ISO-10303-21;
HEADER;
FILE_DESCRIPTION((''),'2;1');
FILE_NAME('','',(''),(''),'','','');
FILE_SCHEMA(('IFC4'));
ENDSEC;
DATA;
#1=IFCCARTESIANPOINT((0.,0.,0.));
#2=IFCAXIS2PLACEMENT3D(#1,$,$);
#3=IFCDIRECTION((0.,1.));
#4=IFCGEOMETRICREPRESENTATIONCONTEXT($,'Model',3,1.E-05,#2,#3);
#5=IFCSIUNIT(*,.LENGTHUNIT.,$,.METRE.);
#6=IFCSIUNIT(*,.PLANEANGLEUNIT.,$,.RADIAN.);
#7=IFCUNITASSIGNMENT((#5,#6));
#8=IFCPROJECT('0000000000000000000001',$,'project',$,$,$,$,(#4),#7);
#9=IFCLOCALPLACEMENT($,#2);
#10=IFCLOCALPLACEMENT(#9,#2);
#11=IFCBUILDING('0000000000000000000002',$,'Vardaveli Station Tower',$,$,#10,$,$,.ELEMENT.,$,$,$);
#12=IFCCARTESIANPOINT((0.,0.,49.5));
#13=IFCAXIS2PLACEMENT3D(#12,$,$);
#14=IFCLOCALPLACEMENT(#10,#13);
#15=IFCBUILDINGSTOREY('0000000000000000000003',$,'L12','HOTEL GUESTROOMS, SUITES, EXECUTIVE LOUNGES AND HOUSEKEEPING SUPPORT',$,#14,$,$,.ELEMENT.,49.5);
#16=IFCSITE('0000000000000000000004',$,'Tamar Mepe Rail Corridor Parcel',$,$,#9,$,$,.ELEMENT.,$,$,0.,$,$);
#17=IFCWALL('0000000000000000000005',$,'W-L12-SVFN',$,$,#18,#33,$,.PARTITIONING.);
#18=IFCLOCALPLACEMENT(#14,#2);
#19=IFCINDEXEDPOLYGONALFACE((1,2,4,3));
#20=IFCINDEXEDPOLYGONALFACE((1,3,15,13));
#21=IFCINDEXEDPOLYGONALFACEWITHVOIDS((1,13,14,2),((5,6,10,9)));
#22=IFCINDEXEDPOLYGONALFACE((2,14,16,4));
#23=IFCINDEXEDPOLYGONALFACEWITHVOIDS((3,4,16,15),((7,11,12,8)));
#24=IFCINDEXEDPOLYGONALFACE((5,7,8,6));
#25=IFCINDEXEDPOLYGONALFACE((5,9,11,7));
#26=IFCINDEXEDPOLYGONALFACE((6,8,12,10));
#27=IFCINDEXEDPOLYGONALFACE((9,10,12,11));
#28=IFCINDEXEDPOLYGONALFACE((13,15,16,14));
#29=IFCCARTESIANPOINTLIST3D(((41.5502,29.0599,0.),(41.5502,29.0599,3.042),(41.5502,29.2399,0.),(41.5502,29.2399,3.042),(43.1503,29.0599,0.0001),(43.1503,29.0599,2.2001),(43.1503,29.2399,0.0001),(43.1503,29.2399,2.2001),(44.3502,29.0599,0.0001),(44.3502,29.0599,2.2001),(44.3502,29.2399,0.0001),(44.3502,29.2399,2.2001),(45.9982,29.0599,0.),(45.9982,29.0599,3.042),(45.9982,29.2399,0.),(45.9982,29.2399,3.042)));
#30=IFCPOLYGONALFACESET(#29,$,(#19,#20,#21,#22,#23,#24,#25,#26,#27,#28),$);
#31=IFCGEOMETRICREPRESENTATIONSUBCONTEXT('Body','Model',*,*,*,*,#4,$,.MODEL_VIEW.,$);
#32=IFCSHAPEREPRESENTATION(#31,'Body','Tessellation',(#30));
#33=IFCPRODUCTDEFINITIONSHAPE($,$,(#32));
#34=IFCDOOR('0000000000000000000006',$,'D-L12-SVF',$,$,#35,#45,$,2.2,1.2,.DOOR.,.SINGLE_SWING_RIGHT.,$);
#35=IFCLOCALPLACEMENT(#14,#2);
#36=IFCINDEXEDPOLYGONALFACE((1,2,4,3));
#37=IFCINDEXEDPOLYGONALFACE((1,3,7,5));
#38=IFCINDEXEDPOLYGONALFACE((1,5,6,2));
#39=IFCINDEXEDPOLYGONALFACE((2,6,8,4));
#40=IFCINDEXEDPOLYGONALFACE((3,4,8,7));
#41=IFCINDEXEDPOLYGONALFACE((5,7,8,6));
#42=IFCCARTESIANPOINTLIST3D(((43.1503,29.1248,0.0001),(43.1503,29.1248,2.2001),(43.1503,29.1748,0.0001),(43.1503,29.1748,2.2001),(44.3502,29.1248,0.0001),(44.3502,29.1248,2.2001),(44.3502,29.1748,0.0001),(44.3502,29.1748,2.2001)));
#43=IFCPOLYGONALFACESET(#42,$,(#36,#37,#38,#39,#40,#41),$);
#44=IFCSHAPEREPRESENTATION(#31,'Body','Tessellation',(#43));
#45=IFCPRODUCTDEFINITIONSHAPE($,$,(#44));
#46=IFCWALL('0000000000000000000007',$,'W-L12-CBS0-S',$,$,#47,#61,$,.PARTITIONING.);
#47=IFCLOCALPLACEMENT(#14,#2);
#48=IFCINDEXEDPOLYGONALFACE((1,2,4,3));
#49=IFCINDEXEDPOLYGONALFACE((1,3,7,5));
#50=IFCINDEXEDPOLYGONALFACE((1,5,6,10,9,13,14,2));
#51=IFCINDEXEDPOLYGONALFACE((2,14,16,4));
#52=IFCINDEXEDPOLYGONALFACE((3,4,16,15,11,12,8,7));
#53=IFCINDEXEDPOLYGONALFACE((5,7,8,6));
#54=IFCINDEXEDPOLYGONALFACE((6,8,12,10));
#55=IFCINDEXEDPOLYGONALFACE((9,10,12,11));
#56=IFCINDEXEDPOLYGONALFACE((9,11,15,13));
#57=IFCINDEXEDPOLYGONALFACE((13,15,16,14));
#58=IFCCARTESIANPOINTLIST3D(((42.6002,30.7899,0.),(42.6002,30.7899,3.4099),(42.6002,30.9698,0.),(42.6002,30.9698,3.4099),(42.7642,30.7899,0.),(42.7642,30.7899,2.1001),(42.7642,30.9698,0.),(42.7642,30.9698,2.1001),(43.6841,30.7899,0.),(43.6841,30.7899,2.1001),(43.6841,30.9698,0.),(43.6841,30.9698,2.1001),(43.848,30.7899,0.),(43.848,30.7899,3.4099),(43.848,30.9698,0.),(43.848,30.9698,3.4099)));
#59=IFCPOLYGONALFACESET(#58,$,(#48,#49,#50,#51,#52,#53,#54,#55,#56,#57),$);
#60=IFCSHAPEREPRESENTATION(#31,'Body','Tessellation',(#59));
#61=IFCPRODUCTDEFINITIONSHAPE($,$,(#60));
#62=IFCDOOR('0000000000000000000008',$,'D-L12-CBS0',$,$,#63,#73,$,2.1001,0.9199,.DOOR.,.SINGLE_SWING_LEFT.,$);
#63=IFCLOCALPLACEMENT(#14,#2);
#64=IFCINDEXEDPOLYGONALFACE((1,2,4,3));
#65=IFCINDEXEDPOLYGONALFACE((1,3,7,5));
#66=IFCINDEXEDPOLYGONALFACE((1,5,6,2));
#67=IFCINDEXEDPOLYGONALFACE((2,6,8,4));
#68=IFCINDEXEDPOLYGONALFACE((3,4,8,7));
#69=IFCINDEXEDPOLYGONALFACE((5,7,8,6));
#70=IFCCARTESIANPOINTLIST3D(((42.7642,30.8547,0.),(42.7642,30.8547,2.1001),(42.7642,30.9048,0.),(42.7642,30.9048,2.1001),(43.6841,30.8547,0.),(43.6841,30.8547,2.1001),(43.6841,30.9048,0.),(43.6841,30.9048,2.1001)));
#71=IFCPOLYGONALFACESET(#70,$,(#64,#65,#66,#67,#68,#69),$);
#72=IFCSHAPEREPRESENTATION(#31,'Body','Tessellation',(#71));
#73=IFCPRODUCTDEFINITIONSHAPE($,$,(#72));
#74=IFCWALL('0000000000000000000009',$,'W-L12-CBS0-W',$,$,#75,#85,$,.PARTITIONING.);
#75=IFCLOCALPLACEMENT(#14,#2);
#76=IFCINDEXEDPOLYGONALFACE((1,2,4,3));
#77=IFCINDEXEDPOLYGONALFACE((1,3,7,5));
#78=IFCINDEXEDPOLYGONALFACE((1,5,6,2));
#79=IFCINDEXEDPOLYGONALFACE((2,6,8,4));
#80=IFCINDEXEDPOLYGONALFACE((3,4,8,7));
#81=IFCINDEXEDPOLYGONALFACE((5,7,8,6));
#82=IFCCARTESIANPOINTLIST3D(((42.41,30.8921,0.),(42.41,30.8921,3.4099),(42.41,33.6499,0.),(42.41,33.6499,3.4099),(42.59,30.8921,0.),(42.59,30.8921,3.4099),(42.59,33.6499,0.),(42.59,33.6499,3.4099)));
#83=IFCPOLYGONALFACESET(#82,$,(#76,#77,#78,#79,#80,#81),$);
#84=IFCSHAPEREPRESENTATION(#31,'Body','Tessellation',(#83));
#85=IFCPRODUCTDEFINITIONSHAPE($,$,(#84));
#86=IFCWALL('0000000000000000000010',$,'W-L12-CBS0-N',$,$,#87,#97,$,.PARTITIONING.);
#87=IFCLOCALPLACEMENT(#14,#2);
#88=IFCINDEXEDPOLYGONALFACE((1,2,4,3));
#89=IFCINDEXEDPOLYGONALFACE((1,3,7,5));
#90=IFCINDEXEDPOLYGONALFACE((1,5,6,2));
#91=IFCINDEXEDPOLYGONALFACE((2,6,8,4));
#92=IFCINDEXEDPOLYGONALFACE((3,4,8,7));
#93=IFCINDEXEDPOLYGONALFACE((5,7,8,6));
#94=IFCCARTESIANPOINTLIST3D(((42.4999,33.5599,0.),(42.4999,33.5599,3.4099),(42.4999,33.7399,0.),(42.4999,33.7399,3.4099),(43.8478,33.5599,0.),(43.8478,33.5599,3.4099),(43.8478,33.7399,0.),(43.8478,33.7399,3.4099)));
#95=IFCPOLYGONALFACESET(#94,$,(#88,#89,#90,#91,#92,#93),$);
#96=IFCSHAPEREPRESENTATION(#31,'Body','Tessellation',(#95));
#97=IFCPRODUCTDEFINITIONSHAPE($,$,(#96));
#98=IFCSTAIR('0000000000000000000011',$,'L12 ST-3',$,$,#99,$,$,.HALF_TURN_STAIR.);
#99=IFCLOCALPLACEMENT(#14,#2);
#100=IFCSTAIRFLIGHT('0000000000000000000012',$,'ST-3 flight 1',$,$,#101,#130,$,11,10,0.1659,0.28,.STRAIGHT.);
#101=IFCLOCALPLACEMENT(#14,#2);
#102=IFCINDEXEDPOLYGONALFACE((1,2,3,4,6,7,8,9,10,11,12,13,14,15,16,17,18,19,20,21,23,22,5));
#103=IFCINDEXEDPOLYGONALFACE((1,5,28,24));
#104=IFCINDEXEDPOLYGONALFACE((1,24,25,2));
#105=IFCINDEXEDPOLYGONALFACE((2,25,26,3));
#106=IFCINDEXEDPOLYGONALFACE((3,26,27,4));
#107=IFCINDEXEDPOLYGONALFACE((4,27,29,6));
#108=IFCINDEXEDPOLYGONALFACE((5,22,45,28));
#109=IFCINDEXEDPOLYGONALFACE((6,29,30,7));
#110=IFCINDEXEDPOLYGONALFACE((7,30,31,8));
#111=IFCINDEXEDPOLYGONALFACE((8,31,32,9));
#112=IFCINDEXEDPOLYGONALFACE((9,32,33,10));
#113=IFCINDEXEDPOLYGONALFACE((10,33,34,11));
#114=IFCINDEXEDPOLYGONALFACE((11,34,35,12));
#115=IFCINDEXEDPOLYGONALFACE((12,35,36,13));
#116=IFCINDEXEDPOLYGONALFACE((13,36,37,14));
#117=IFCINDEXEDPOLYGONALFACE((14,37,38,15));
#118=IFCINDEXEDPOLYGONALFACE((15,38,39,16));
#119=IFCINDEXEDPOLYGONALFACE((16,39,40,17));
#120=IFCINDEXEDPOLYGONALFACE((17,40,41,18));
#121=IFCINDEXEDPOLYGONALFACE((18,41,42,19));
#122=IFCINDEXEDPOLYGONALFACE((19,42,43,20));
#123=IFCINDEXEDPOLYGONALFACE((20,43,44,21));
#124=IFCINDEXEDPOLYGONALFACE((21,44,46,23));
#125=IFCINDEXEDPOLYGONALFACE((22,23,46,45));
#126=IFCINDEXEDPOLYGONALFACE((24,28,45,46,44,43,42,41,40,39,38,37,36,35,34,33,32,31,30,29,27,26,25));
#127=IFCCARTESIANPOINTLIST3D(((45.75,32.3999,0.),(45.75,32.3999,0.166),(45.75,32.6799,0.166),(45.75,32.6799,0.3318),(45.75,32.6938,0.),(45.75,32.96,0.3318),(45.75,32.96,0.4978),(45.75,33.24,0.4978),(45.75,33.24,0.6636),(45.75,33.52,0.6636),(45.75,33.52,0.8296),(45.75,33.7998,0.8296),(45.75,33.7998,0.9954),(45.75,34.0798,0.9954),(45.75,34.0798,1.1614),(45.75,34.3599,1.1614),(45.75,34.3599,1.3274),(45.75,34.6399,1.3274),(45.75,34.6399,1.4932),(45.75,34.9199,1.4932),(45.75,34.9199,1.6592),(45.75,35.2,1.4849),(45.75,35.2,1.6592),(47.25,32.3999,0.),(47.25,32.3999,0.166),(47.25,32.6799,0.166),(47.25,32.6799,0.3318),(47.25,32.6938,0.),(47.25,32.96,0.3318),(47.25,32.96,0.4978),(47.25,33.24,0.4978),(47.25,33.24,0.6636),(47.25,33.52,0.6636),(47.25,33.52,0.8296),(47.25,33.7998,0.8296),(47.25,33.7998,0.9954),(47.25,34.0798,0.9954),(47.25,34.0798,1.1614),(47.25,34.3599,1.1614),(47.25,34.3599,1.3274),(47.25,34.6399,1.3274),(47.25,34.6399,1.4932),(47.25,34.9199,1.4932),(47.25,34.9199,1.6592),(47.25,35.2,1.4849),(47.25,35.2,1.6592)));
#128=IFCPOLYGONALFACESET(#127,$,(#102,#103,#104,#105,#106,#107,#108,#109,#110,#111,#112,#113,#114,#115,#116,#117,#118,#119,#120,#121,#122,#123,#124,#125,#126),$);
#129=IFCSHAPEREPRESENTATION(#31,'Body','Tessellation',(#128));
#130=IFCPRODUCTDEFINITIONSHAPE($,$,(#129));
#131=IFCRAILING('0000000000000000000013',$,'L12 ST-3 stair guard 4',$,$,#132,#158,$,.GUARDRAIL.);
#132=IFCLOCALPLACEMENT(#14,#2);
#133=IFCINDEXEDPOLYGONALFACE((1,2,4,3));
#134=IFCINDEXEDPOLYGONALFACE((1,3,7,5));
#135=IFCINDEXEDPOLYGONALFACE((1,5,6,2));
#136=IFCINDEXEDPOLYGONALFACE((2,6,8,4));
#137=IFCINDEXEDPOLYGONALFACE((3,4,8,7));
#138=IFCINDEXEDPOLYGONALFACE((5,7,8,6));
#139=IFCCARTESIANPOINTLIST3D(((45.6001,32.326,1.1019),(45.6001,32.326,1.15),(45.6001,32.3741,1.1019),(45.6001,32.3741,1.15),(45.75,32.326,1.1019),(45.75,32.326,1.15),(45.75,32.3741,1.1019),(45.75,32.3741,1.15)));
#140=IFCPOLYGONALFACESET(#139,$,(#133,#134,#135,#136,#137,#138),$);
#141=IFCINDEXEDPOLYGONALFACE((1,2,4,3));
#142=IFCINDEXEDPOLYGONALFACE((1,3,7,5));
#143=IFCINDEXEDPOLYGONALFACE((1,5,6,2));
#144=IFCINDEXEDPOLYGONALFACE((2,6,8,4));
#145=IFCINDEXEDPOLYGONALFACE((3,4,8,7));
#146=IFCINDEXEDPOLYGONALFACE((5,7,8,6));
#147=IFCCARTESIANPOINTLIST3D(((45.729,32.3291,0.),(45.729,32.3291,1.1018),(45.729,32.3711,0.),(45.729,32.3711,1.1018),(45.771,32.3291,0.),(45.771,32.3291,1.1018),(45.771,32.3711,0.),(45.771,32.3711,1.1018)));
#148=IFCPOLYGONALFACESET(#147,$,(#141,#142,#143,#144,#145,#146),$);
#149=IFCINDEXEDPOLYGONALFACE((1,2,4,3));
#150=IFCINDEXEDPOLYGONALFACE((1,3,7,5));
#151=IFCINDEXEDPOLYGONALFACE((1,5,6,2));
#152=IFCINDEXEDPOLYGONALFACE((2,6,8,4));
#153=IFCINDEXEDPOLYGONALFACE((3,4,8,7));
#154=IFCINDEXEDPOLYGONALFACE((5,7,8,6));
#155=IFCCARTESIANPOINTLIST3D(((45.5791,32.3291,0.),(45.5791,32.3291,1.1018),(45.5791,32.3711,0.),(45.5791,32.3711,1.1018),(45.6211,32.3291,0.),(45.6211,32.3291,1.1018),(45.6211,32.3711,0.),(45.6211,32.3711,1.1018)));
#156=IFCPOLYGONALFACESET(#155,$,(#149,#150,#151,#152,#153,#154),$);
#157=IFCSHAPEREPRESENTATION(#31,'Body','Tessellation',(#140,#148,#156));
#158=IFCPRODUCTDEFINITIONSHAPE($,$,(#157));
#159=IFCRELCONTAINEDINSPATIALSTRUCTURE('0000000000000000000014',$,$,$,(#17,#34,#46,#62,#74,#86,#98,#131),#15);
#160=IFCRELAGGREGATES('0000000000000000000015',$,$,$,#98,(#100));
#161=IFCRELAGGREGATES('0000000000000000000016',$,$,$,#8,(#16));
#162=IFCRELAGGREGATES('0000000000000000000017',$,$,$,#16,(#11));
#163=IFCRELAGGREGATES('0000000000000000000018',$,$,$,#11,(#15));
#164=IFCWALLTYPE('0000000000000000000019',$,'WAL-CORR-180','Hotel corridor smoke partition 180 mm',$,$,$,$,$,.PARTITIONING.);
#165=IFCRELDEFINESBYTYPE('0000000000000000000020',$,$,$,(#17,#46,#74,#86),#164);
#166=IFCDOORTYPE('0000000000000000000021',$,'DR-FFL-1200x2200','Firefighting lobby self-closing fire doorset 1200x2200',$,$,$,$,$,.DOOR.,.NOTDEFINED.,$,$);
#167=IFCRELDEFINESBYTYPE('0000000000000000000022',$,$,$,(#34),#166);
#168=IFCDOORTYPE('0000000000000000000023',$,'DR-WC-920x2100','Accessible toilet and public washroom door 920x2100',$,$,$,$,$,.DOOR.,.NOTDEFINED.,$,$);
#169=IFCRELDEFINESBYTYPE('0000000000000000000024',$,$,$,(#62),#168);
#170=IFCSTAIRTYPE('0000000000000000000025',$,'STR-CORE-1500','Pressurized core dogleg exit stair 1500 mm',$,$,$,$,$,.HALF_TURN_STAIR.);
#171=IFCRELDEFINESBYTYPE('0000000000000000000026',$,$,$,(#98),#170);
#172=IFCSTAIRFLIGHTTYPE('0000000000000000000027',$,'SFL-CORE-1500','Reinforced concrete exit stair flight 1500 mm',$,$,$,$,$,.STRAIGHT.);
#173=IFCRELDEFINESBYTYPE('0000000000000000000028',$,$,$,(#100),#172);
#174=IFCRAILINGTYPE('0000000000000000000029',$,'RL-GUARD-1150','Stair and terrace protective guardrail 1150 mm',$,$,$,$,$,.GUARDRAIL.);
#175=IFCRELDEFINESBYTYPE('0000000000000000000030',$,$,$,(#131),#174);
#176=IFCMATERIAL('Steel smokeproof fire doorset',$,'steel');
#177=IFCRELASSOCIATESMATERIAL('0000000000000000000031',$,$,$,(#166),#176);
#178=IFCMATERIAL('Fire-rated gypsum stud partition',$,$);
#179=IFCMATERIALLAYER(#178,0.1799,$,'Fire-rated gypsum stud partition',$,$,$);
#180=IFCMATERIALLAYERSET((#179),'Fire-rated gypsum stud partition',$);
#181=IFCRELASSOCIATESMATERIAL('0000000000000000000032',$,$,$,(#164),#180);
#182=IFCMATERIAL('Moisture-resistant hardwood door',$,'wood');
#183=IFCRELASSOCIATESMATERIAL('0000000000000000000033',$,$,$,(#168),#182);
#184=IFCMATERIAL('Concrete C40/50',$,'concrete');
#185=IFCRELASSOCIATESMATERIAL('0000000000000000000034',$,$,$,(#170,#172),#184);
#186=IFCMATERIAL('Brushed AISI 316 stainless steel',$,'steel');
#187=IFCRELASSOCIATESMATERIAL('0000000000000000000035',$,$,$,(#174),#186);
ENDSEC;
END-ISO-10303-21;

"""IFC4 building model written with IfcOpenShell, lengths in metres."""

from ifc_helpers import new_model, si_unit, direction, frame, frame_2d, origin, origin_2d, place, context, subcontext, project, spatial, polyline, rectangle, outline, extrude, source, transform, mapped, material, layer, layer_set, type_object, element, fill, aggregate, save


model = new_model("IFC4")

# Units and contexts
model_context = context("Model", 3, precision=1e-05, world=origin(), true_north=direction((0.0, 1.0)))
body_context = subcontext(model_context, "Body", "Model", "MODEL_VIEW")
ifc_project = project(units=[si_unit("LENGTHUNIT", "METRE"), si_unit("PLANEANGLEUNIT", "RADIAN")], contexts=[model_context])

# Site, building, storey
site_placement = place(None, origin())
site = spatial("IfcSite", under=ifc_project, at=site_placement, Name="Tamar Mepe Rail Corridor Parcel", CompositionType="ELEMENT", RefElevation=0.0)
building_placement = place(site_placement, origin())
building = spatial("IfcBuilding", under=site, at=building_placement, Name="Vardaveli Station Tower", CompositionType="ELEMENT")
storey_placement = place(building_placement, frame((0.0, 0.0, 49.5)))
storey = spatial("IfcBuildingStorey", under=building, at=storey_placement, Name="L12", Description="HOTEL GUESTROOMS, SUITES, EXECUTIVE LOUNGES AND HOUSEKEEPING SUPPORT", CompositionType="ELEMENT", Elevation=49.5)

# Shared definitions
ifc_material_1 = material(Name="Concrete C40/50", Category="concrete")

# Walls, openings, doors
ifc_material_2 = material(Name="Steel smokeproof fire doorset", Category="steel")
door_type_1 = type_object("IfcDoorType", Name="DR-FFL-1200x2200", Description="Firefighting lobby self-closing fire doorset 1200x2200", OperationType="NOTDEFINED", PredefinedType="DOOR", material=ifc_material_2)
shared_shape_1 = source(origin(), body_context, "Body", "SweptSolid", [
    extrude(rectangle(XDim=1.2, YDim=2.2, at=frame_2d((0.6001, 1.1001))), frame((0.0, 0.0249, 0.0), z_axis=(0.0, -1.0, 0.0), x_axis=(1.0, 0.0, 0.0)), (0.0, 0.0, 1.0), 0.05),
])
ifc_material_3 = material(Name="Fire-rated gypsum stud partition")
ifc_layer_1 = layer(ifc_material_3, 0.1799, Name="Fire-rated gypsum stud partition")
ifc_layer_set_1 = layer_set([ifc_layer_1], Name="Fire-rated gypsum stud partition")
wall_type_1 = type_object("IfcWallType", Name="WAL-CORR-180", Description="Hotel corridor smoke partition 180 mm", PredefinedType="PARTITIONING", material=ifc_layer_set_1)
shared_shape_2 = source(origin(), body_context, "Body", "SweptSolid", [
    extrude(rectangle(XDim=4.448, YDim=0.1799, at=frame_2d((2.2241, 0.0))), origin(), (0.0, 0.0, 1.0), 3.042),
])
wall_1_placement = place(storey_placement, frame((41.55, 29.1499, 0.0), z_axis=(0.0, 0.0, 1.0), x_axis=(1.0, 0.0, 0.0)))
wall_1 = element("IfcWall", 1, at=wall_1_placement, inside=storey, type_object=wall_type_1, Name="W-L12-SVFN", PredefinedType="PARTITIONING", context=body_context, shape_type="MappedRepresentation", body=[
    mapped(shared_shape_2, transform((0.0, 0.0, 0.0), scale=1.0)),
])
shared_shape_3 = source(origin(), body_context, "Body", "SweptSolid", [
    extrude(rectangle(XDim=1.2, YDim=2.2, at=frame_2d((0.6001, 1.1001))), frame((0.0, 0.1001, 0.0), z_axis=(0.0, -1.0, 0.0), x_axis=(1.0, 0.0, 0.0)), (0.0, 0.0, 1.0), 0.2),
])
opening_1_placement = place(wall_1_placement, frame((1.6001, 0.0, 0.0)))
opening_1 = element("IfcOpeningElement", 2, at=opening_1_placement, cuts=wall_1, PredefinedType="OPENING", context=body_context, shape_type="MappedRepresentation", body=[
    mapped(shared_shape_3, transform((0.0, 0.0, 0.0), scale=1.0)),
])
door_1_placement = place(opening_1_placement, origin())
door_1 = element("IfcDoor", 3, at=door_1_placement, inside=storey, type_object=door_type_1, Name="D-L12-SVF", OperationType="SINGLE_SWING_RIGHT", OverallHeight=2.2, OverallWidth=1.2, PredefinedType="DOOR", context=body_context, shape_type="MappedRepresentation", body=[
    mapped(shared_shape_1, transform((0.0, 0.0, 0.0), scale=1.0)),
])
fill(opening_1, door_1)
shared_shape_4 = source(origin(), body_context, "Body", "SweptSolid", [
    extrude(rectangle(XDim=1.2478, YDim=0.1799, at=frame_2d((0.624, 0.0))), origin(), (0.0, 0.0, 1.0), 3.4099),
])
wall_2_placement = place(storey_placement, frame((42.6001, 30.8799, 0.0), z_axis=(0.0, 0.0, 1.0), x_axis=(1.0, 0.0, 0.0)))
wall_2 = element("IfcWall", 4, at=wall_2_placement, inside=storey, type_object=wall_type_1, Name="W-L12-CBS0-S", PredefinedType="PARTITIONING", context=body_context, shape_type="MappedRepresentation", body=[
    mapped(shared_shape_4, transform((0.0, 0.0, 0.0), scale=1.0)),
])
shared_shape_5 = source(origin(), body_context, "Body", "SweptSolid", [
    extrude(rectangle(XDim=0.9199, YDim=2.1001, at=frame_2d((0.46, 1.05))), frame((0.0, 0.1001, 0.0), z_axis=(0.0, -1.0, 0.0), x_axis=(1.0, 0.0, 0.0)), (0.0, 0.0, 1.0), 0.2),
])
opening_2_placement = place(wall_2_placement, frame((0.1641, 0.0, 0.0)))
opening_2 = element("IfcOpeningElement", 5, at=opening_2_placement, cuts=wall_2, PredefinedType="OPENING", context=body_context, shape_type="MappedRepresentation", body=[
    mapped(shared_shape_5, transform((0.0, 0.0, 0.0), scale=1.0)),
])
ifc_material_4 = material(Name="Moisture-resistant hardwood door", Category="wood")
door_type_2 = type_object("IfcDoorType", Name="DR-WC-920x2100", Description="Accessible toilet and public washroom door 920x2100", OperationType="NOTDEFINED", PredefinedType="DOOR", material=ifc_material_4)
shared_shape_6 = source(origin(), body_context, "Body", "SweptSolid", [
    extrude(rectangle(XDim=0.9199, YDim=2.1001, at=frame_2d((0.46, 1.05))), frame((0.0, 0.0249, 0.0), z_axis=(0.0, -1.0, 0.0), x_axis=(1.0, 0.0, 0.0)), (0.0, 0.0, 1.0), 0.05),
])
door_2_placement = place(opening_2_placement, origin())
door_2 = element("IfcDoor", 6, at=door_2_placement, inside=storey, type_object=door_type_2, Name="D-L12-CBS0", OperationType="SINGLE_SWING_LEFT", OverallHeight=2.1001, OverallWidth=0.9199, PredefinedType="DOOR", context=body_context, shape_type="MappedRepresentation", body=[
    mapped(shared_shape_6, transform((0.0, 0.0, 0.0), scale=1.0)),
])
fill(opening_2, door_2)

# Walls
shared_shape_7 = source(origin(), body_context, "Body", "SweptSolid", [
    extrude(rectangle(XDim=2.7578, YDim=0.1799, at=frame_2d((1.3789, 0.0))), origin(), (0.0, 0.0, 1.0), 3.4099),
])
wall_3_placement = place(storey_placement, frame((42.5, 30.8921, 0.0), z_axis=(0.0, 0.0, 1.0), x_axis=(0.0, 1.0, 0.0)))
element("IfcWall", 7, at=wall_3_placement, inside=storey, type_object=wall_type_1, Name="W-L12-CBS0-W", PredefinedType="PARTITIONING", context=body_context, shape_type="MappedRepresentation", body=[
    mapped(shared_shape_7, transform((0.0, 0.0, 0.0), scale=1.0)),
])
shared_shape_8 = source(origin(), body_context, "Body", "SweptSolid", [
    extrude(rectangle(XDim=1.3479, YDim=0.1799, at=frame_2d((0.6738, 0.0))), origin(), (0.0, 0.0, 1.0), 3.4099),
])
wall_4_placement = place(storey_placement, frame((42.5, 33.6499, 0.0), z_axis=(0.0, 0.0, 1.0), x_axis=(1.0, 0.0, 0.0)))
element("IfcWall", 8, at=wall_4_placement, inside=storey, type_object=wall_type_1, Name="W-L12-CBS0-N", PredefinedType="PARTITIONING", context=body_context, shape_type="MappedRepresentation", body=[
    mapped(shared_shape_8, transform((0.0, 0.0, 0.0), scale=1.0)),
])

# Stair, stair flight
stair_type = type_object("IfcStairType", Name="STR-CORE-1500", Description="Pressurized core dogleg exit stair 1500 mm", PredefinedType="HALF_TURN_STAIR", material=ifc_material_1)
stair_placement = place(storey_placement, origin())
stair = element("IfcStair", 9, at=stair_placement, inside=storey, type_object=stair_type, Name="L12 ST-3", PredefinedType="HALF_TURN_STAIR")
stair_flight_type = type_object("IfcStairFlightType", Name="SFL-CORE-1500", Description="Reinforced concrete exit stair flight 1500 mm", PredefinedType="STRAIGHT", material=ifc_material_1)
shared_shape_9 = source(origin(), body_context, "Body", "SweptSolid", [
    extrude(outline(polyline([(0.0, 0.0), (0.0, 0.166), (0.28, 0.166), (0.28, 0.3318), (0.5601, 0.3318), (0.5601, 0.4978), (0.8401, 0.4978), (0.8401, 0.6636), (1.1201, 0.6636), (1.1201, 0.8296), (1.3999, 0.8296), (1.3999, 0.9954), (1.6799, 0.9954), (1.6799, 1.1614), (1.96, 1.1614), (1.96, 1.3274), (2.24, 1.3274), (2.24, 1.4932), (2.52, 1.4932), (2.52, 1.6592), (2.8, 1.6592), (2.8, 1.825), (2.8, 1.4849), (0.2939, 0.0), (0.0, 0.0)])), frame((0.0, 0.75, 0.0), z_axis=(0.0, -1.0, 0.0), x_axis=(1.0, 0.0, 0.0)), (0.0, 0.0, 1.0), 1.5),
])
stair_flight_placement = place(storey_placement, frame((46.5, 32.3999, 0.0), z_axis=(0.0, 0.0, 1.0), x_axis=(0.0, 1.0, 0.0)))
stair_flight = element("IfcStairFlight", 10, at=stair_flight_placement, type_object=stair_flight_type, Name="ST-3 flight 1", NumberOfRisers=11, NumberOfTreads=10, PredefinedType="STRAIGHT", RiserHeight=0.1659, TreadLength=0.28, context=body_context, shape_type="MappedRepresentation", body=[
    mapped(shared_shape_9, transform((0.0, 0.0, 0.0), scale=1.0)),
])
aggregate(stair, [stair_flight])

# Railing
ifc_material_5 = material(Name="Brushed AISI 316 stainless steel", Category="steel")
railing_type_1 = type_object("IfcRailingType", Name="RL-GUARD-1150", Description="Stair and terrace protective guardrail 1150 mm", PredefinedType="GUARDRAIL", material=ifc_material_5)
shared_shape_10 = source(origin(), body_context, "Body", "SweptSolid", [
    extrude(rectangle(XDim=0.0481, YDim=0.0481, at=origin_2d()), frame((0.0, 0.0, 1.126), z_axis=(-1.0, 0.0, 0.0), x_axis=(0.0, -1.0, 0.0)), (0.0, 0.0, 1.0), 0.1499),
    extrude(rectangle(XDim=0.042, YDim=0.042, at=origin_2d()), origin(), (0.0, 0.0, 1.0), 1.1018),
    extrude(rectangle(XDim=0.042, YDim=0.042, at=origin_2d()), frame((-0.1499, 0.0, 0.0)), (0.0, 0.0, 1.0), 1.1018),
])
railing_1_placement = place(storey_placement, frame((45.75, 32.3501, 0.0)))
element("IfcRailing", 11, at=railing_1_placement, inside=storey, type_object=railing_type_1, Name="L12 ST-3 stair guard 4", PredefinedType="GUARDRAIL", context=body_context, shape_type="MappedRepresentation", body=[
    mapped(shared_shape_10, transform((0.0, 0.0, 0.0), scale=1.0)),
])

save(model, "model.ifc")
